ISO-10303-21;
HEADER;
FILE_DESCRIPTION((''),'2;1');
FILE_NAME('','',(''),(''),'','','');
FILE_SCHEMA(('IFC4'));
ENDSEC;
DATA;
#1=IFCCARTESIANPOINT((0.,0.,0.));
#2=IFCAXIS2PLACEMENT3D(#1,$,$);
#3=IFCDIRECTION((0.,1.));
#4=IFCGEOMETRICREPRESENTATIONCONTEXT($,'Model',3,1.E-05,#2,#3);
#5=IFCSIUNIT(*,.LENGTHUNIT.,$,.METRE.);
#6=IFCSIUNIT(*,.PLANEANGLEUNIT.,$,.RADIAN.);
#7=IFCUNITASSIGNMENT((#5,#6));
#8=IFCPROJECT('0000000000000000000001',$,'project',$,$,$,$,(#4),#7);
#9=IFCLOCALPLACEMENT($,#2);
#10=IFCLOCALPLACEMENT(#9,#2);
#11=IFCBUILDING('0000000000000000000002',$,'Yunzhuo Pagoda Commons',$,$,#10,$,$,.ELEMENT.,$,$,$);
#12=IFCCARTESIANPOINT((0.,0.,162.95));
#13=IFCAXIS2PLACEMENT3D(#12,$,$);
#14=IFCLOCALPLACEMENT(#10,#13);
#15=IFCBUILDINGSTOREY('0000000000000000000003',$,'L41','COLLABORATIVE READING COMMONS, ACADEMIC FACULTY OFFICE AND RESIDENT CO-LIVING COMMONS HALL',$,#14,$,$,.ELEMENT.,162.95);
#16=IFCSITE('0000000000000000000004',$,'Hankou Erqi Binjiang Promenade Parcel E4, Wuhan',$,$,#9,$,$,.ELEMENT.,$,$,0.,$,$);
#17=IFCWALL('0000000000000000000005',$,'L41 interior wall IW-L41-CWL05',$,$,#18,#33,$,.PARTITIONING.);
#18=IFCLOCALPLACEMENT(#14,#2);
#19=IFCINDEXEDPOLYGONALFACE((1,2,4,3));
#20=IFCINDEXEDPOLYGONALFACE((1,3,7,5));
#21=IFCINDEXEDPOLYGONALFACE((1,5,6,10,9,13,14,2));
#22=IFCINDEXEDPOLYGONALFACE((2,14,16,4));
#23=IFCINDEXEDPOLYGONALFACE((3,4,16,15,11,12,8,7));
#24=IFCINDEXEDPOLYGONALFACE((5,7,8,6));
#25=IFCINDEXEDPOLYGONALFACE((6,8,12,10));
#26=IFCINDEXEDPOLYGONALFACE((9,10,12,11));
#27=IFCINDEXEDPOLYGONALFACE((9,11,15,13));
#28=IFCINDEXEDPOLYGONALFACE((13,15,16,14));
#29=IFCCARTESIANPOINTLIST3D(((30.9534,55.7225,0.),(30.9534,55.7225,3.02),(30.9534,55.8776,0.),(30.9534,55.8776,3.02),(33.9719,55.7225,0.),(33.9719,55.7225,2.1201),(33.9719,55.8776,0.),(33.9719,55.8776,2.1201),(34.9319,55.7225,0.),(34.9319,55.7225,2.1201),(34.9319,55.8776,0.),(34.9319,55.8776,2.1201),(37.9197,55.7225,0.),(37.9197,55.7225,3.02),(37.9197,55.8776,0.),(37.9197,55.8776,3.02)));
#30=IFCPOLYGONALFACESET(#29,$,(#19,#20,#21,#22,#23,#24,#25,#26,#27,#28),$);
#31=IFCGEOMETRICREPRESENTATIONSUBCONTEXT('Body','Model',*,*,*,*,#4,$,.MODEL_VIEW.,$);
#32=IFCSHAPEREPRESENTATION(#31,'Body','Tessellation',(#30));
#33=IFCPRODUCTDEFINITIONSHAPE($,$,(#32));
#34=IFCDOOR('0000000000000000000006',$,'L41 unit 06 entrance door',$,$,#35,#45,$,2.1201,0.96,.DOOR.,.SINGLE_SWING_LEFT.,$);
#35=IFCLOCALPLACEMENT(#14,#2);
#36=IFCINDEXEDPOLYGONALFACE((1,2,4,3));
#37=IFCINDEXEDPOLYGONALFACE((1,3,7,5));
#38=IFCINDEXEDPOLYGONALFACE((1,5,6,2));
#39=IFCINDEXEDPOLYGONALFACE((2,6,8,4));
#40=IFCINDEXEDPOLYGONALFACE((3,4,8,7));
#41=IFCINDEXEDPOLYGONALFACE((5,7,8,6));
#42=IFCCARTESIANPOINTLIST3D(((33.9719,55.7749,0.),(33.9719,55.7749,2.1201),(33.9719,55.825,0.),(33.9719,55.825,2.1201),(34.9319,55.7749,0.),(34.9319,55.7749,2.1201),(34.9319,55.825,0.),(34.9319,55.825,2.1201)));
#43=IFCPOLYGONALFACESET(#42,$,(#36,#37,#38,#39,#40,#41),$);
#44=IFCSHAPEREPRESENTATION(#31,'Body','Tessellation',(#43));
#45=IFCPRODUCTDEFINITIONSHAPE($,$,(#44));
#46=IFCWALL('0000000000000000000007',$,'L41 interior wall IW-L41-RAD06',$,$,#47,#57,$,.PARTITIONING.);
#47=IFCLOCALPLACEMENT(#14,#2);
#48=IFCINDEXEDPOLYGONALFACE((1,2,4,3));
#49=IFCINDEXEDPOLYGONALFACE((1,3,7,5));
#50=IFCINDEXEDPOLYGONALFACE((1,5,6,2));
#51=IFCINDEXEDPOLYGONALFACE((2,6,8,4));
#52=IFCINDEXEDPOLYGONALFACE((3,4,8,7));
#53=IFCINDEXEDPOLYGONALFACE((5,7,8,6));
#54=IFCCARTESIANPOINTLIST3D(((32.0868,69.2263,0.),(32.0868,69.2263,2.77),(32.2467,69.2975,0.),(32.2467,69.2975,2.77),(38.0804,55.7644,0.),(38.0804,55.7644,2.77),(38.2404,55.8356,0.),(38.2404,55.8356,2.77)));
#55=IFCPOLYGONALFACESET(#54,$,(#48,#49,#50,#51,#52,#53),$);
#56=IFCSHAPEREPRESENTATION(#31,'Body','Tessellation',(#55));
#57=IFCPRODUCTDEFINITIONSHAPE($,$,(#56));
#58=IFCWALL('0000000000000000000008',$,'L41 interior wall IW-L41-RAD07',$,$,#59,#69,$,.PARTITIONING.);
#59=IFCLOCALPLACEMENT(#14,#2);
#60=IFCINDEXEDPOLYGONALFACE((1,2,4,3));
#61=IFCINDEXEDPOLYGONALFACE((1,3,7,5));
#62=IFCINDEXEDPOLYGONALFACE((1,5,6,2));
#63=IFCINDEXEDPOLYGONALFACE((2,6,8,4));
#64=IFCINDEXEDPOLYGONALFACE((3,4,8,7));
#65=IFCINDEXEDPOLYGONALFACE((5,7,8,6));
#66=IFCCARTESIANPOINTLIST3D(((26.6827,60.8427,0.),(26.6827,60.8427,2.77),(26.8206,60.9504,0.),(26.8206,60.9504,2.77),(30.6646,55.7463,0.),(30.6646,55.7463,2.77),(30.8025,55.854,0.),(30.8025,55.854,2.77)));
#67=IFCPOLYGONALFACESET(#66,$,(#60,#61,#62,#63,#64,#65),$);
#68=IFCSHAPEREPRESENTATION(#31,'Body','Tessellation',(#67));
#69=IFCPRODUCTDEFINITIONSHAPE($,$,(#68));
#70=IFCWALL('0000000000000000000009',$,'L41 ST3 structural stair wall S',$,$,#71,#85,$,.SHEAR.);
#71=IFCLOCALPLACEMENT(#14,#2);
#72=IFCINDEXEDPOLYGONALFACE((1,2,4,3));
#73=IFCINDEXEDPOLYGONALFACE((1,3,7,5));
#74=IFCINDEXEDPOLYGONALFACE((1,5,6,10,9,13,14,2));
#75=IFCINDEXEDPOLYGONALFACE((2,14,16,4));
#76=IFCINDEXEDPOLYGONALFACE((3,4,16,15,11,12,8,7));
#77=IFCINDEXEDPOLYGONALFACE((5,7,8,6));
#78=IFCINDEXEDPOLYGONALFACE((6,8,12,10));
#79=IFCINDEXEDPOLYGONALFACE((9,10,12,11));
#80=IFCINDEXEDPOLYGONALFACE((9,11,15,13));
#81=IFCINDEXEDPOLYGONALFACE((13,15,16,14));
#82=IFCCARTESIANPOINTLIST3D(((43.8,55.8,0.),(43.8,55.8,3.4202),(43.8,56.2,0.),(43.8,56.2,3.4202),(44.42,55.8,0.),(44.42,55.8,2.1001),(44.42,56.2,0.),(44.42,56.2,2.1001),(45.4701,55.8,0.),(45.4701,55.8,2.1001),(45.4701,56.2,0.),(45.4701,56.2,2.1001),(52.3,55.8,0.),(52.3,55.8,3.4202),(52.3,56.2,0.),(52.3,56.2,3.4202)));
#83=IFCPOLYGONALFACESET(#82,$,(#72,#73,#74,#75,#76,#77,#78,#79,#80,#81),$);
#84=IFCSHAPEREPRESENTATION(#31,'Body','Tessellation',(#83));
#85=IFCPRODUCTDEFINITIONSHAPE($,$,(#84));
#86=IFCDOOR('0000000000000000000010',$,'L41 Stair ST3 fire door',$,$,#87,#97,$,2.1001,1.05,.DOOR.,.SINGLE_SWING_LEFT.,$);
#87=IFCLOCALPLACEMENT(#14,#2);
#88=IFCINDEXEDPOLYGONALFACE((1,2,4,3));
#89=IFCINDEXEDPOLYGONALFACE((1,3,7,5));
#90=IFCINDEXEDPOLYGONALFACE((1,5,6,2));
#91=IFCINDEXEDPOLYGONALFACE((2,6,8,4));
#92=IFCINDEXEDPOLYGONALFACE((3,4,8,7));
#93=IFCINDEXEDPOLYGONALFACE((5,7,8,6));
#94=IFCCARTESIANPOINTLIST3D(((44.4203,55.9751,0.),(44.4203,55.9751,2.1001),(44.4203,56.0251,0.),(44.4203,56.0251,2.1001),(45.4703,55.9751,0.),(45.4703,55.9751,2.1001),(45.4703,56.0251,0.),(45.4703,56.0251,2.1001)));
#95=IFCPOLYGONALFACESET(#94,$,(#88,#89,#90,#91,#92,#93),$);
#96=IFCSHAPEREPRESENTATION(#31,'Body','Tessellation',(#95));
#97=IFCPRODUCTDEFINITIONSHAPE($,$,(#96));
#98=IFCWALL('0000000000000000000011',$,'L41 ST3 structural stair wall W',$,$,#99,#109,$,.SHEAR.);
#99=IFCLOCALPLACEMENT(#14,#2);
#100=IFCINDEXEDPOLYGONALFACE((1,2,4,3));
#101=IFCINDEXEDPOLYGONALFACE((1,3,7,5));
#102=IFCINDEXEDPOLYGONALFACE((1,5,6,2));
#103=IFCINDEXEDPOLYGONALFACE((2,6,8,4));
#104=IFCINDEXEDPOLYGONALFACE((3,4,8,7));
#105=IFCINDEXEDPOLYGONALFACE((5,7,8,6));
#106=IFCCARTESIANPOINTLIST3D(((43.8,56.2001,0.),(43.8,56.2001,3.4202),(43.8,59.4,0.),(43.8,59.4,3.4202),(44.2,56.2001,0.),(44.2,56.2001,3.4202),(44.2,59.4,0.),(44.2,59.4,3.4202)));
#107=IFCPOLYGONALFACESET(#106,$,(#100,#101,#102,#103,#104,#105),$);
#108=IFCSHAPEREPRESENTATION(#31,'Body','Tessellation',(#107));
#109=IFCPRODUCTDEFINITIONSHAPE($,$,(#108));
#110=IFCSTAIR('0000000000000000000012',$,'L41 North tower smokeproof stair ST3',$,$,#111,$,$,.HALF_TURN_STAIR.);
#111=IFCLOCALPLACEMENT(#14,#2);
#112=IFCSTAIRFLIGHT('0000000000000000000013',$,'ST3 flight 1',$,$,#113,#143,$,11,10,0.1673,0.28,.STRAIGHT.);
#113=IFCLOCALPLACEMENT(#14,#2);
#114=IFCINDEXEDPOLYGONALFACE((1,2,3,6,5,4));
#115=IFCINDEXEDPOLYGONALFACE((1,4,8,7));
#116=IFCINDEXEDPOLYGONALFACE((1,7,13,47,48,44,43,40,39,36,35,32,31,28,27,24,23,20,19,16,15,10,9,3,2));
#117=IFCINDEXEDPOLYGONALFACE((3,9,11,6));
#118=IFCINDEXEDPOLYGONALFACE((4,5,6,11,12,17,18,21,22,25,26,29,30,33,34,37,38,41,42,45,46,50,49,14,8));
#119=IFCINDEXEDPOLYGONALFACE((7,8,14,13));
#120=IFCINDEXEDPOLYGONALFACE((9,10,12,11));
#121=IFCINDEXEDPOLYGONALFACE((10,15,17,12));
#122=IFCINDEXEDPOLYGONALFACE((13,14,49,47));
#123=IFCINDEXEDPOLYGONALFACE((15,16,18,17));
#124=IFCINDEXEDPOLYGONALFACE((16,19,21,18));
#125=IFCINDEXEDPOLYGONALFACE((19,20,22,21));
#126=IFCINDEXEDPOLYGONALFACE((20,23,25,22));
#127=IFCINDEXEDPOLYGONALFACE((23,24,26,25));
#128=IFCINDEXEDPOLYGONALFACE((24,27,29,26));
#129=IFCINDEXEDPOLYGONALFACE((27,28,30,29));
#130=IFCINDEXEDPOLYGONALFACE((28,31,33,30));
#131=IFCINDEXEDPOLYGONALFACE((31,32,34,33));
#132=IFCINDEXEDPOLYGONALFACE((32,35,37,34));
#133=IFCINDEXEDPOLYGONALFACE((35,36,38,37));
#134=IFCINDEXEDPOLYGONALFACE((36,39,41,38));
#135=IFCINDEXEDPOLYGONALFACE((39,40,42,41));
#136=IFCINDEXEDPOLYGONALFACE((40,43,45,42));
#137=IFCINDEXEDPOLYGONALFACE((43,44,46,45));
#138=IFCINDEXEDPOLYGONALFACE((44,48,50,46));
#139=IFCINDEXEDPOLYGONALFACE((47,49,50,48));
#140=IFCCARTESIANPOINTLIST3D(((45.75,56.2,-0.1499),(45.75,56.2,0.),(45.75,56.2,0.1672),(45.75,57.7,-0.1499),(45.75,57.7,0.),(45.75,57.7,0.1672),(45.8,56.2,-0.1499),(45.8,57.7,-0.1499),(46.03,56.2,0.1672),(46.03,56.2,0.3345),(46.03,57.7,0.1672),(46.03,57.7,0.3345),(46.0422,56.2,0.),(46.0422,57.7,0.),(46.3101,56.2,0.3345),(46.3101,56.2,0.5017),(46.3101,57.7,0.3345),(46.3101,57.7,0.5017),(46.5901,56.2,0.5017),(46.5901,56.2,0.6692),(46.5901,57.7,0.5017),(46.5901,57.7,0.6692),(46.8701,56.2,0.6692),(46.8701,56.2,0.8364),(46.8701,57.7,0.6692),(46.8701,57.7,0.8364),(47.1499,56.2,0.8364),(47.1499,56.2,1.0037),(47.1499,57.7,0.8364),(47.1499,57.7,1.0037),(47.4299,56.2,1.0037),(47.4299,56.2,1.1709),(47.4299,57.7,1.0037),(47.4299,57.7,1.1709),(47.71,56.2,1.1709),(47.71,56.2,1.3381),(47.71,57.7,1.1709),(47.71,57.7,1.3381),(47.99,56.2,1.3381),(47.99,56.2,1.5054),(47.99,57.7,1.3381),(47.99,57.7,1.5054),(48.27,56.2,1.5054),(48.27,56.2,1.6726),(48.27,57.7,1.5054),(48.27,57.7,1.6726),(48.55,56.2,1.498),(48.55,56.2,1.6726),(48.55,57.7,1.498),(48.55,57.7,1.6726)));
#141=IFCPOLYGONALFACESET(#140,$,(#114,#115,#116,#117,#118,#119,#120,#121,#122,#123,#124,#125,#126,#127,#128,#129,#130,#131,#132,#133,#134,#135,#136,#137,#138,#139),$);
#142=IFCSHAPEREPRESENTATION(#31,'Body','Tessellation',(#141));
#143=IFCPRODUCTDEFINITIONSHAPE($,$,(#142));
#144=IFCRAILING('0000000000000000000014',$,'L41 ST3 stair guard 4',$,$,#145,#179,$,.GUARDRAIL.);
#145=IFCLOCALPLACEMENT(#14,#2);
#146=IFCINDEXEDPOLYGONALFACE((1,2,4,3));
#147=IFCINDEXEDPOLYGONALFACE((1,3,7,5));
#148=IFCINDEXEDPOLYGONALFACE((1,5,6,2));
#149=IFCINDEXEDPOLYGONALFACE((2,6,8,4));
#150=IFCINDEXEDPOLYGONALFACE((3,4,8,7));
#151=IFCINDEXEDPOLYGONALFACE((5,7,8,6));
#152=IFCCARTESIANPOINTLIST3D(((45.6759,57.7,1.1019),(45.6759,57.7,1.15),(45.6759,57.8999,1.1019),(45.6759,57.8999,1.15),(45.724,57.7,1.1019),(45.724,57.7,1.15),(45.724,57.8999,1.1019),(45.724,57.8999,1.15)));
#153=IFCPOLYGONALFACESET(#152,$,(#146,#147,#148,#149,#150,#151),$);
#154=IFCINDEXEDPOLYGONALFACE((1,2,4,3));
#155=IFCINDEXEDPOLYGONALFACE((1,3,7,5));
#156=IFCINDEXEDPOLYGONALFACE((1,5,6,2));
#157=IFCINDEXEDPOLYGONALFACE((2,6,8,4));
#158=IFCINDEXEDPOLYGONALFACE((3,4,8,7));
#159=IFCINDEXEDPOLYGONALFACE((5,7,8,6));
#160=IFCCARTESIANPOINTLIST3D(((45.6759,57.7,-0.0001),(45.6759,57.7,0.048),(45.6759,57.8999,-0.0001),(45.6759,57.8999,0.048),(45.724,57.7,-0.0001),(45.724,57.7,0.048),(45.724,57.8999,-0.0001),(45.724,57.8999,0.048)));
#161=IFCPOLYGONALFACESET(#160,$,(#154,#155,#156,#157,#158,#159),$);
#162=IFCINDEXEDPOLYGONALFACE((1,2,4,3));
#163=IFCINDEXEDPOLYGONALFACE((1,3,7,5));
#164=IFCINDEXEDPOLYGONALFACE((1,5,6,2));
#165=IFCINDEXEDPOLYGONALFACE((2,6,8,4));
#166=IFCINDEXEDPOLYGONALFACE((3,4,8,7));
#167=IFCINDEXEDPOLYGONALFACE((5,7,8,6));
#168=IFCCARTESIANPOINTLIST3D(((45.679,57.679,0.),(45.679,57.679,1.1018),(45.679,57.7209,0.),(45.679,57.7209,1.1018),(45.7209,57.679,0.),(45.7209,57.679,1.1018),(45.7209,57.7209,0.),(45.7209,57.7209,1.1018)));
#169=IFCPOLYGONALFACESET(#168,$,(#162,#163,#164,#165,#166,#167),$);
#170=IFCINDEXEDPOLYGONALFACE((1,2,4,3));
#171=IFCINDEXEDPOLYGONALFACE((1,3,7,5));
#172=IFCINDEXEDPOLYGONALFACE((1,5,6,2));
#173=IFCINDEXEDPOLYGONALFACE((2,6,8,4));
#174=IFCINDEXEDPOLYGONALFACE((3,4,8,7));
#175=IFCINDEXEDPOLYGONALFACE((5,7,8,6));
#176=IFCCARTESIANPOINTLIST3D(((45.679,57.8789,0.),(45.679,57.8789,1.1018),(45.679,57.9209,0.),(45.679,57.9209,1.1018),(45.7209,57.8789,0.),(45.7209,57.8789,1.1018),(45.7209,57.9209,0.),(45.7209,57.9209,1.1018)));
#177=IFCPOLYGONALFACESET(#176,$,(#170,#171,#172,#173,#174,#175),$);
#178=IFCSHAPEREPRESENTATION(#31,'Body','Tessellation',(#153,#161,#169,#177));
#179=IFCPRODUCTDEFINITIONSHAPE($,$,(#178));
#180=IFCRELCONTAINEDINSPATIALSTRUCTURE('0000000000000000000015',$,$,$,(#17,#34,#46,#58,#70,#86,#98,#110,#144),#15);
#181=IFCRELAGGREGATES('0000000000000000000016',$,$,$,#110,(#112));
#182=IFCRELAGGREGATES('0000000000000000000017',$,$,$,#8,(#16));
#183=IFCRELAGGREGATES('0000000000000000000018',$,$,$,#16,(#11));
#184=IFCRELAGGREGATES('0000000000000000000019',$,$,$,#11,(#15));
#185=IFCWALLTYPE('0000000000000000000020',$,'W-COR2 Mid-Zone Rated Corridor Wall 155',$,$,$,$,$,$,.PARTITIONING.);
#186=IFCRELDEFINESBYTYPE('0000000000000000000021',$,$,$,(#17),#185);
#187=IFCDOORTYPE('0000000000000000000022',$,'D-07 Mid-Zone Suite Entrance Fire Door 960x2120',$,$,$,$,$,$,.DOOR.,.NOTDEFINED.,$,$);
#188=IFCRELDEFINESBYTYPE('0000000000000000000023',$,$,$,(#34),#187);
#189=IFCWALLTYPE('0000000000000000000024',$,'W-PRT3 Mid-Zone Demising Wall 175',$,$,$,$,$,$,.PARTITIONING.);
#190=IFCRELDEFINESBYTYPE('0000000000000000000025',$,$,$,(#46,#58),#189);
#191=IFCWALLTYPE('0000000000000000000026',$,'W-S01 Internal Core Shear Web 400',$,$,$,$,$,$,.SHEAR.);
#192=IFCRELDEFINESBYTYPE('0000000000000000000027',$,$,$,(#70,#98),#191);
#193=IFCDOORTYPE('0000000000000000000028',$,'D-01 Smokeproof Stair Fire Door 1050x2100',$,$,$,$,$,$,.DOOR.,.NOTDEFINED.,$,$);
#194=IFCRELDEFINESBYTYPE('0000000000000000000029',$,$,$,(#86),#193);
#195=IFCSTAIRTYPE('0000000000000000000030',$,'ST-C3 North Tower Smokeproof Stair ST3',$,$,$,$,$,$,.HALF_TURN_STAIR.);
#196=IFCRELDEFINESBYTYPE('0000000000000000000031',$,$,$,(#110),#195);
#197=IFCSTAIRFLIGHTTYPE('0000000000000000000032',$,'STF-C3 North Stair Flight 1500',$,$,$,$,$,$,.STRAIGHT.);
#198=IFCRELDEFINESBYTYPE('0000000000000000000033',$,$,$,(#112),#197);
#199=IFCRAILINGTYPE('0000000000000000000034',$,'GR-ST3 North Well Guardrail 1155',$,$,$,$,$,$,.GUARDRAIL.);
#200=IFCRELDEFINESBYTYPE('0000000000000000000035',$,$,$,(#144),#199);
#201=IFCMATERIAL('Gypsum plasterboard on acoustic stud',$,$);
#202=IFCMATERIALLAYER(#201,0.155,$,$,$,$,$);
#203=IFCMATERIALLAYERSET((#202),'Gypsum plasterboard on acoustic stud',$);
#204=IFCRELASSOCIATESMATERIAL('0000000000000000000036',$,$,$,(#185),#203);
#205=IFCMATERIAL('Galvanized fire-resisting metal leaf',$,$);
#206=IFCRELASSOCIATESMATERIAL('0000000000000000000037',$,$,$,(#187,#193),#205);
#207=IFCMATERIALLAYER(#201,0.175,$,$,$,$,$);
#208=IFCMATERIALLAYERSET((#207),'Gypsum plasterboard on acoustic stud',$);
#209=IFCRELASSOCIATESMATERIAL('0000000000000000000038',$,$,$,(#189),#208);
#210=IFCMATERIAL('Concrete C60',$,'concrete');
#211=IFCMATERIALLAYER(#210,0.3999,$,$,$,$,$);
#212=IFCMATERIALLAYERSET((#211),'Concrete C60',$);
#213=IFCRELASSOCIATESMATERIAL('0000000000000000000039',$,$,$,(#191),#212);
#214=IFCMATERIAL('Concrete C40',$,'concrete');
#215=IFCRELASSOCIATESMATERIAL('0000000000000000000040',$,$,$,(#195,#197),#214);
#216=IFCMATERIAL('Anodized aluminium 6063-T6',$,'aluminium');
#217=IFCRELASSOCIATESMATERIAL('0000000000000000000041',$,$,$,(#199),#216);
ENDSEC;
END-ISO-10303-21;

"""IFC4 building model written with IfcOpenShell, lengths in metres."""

from ifc_helpers import new_model, si_unit, direction, frame, frame_2d, origin, origin_with_axes, origin_2d, place, context, subcontext, project, spatial, polyline, rectangle, outline, extrude, source, transform, mapped, material, layer, layer_set, type_object, element, fill, aggregate, save


model = new_model("IFC4")

# Units and contexts
model_context = context("Model", 3, precision=1e-05, world=origin(), true_north=direction((0.0, 1.0)))
body_context = subcontext(model_context, "Body", "Model", "MODEL_VIEW")
ifc_project = project(units=[si_unit("LENGTHUNIT", "METRE"), si_unit("PLANEANGLEUNIT", "RADIAN")], contexts=[model_context])

# Site, building, storey
site_placement = place(None, origin())
site = spatial("IfcSite", under=ifc_project, at=site_placement, Name="Hankou Erqi Binjiang Promenade Parcel E4, Wuhan", CompositionType="ELEMENT", RefElevation=0.0)
building_placement = place(site_placement, origin())
building = spatial("IfcBuilding", under=site, at=building_placement, Name="Yunzhuo Pagoda Commons", CompositionType="ELEMENT")
storey_placement = place(building_placement, frame((0.0, 0.0, 162.95)))
storey = spatial("IfcBuildingStorey", under=building, at=storey_placement, Name="L41", Description="COLLABORATIVE READING COMMONS, ACADEMIC FACULTY OFFICE AND RESIDENT CO-LIVING COMMONS HALL", CompositionType="ELEMENT", Elevation=162.95)

# Shared definitions
ifc_material_1 = material(Name="Anodized aluminium 6063-T6", Category="aluminium")

# Shared definitions
ifc_material_2 = material(Name="Gypsum plasterboard on acoustic stud")
ifc_layer_1 = layer(ifc_material_2, 0.155)
ifc_layer_set_1 = layer_set([ifc_layer_1], Name="Gypsum plasterboard on acoustic stud")
wall_type_1 = type_object("IfcWallType", Name="W-COR2 Mid-Zone Rated Corridor Wall 155", PredefinedType="PARTITIONING", material=ifc_layer_set_1)

# Wall, opening, door
wall_1_placement = place(storey_placement, frame((30.9534, 55.8, 0.0), z_axis=(0.0, 0.0, 1.0), x_axis=(1.0, 0.0, 0.0)))
wall_1 = element("IfcWall", 1, at=wall_1_placement, inside=storey, type_object=wall_type_1, Name="L41 interior wall IW-L41-CWL05", PredefinedType="PARTITIONING", context=body_context, shape_type="SweptSolid", body=[
    extrude(rectangle(XDim=6.9663, YDim=0.155, at=frame_2d((3.4832, 0.0))), origin(), (0.0, 0.0, 1.0), 3.02),
])
opening_1_placement = place(wall_1_placement, frame((3.0186, 0.0, 0.0)))
opening_1 = element("IfcOpeningElement", 2, at=opening_1_placement, cuts=wall_1, PredefinedType="OPENING", context=body_context, shape_type="SweptSolid", body=[
    extrude(rectangle(XDim=0.96, YDim=2.1201, at=frame_2d((0.48, 1.0601))), frame((0.0, 0.0874, 0.0), z_axis=(0.0, -1.0, 0.0), x_axis=(1.0, 0.0, 0.0)), (0.0, 0.0, 1.0), 0.175),
])
ifc_material_3 = material(Name="Galvanized fire-resisting metal leaf")
door_type_1 = type_object("IfcDoorType", Name="D-07 Mid-Zone Suite Entrance Fire Door 960x2120", OperationType="NOTDEFINED", PredefinedType="DOOR", material=ifc_material_3)
shared_shape_1 = source(origin(), body_context, "Body", "SweptSolid", [
    extrude(rectangle(XDim=0.96, YDim=2.1201, at=frame_2d((0.48, 1.0601))), frame((0.0, 0.0249, 0.0), z_axis=(0.0, -1.0, 0.0), x_axis=(1.0, 0.0, 0.0)), (0.0, 0.0, 1.0), 0.05),
])
door_1_placement = place(opening_1_placement, origin_with_axes())
door_1 = element("IfcDoor", 3, at=door_1_placement, inside=storey, type_object=door_type_1, Name="L41 unit 06 entrance door", OperationType="SINGLE_SWING_LEFT", OverallHeight=2.1201, OverallWidth=0.96, PredefinedType="DOOR", context=body_context, shape_type="MappedRepresentation", body=[
    mapped(shared_shape_1, transform((0.0, 0.0, 0.0), scale=1.0)),
])
fill(opening_1, door_1)

# Walls
ifc_layer_2 = layer(ifc_material_2, 0.175)
ifc_layer_set_2 = layer_set([ifc_layer_2], Name="Gypsum plasterboard on acoustic stud")
wall_type_2 = type_object("IfcWallType", Name="W-PRT3 Mid-Zone Demising Wall 175", PredefinedType="PARTITIONING", material=ifc_layer_set_2)
wall_2_placement = place(storey_placement, frame((38.1604, 55.8, 0.0), z_axis=(0.0, 0.0, 1.0), x_axis=(-0.406738, 0.913545, 0.0)))
element("IfcWall", 4, at=wall_2_placement, inside=storey, type_object=wall_type_2, Name="L41 interior wall IW-L41-RAD06", PredefinedType="PARTITIONING", context=body_context, shape_type="SweptSolid", body=[
    extrude(rectangle(XDim=14.7358, YDim=0.175, at=frame_2d((7.3679, 0.0))), origin(), (0.0, 0.0, 1.0), 2.77),
])
wall_3_placement = place(storey_placement, frame((30.7336, 55.8, 0.0), z_axis=(0.0, 0.0, 1.0), x_axis=(-0.615677, 0.787999, 0.0)))
element("IfcWall", 5, at=wall_3_placement, inside=storey, type_object=wall_type_2, Name="L41 interior wall IW-L41-RAD07", PredefinedType="PARTITIONING", context=body_context, shape_type="SweptSolid", body=[
    extrude(rectangle(XDim=6.4675, YDim=0.175, at=frame_2d((3.2339, 0.0))), origin(), (0.0, 0.0, 1.0), 2.77),
])

# Wall, opening, door
ifc_material_4 = material(Name="Concrete C60", Category="concrete")
ifc_layer_3 = layer(ifc_material_4, 0.3999)
ifc_layer_set_3 = layer_set([ifc_layer_3], Name="Concrete C60")
wall_type_3 = type_object("IfcWallType", Name="W-S01 Internal Core Shear Web 400", PredefinedType="SHEAR", material=ifc_layer_set_3)
wall_4_placement = place(storey_placement, frame((43.8, 56.0, 0.0), z_axis=(0.0, 0.0, 1.0), x_axis=(1.0, 0.0, 0.0)))
wall_4 = element("IfcWall", 6, at=wall_4_placement, inside=storey, type_object=wall_type_3, Name="L41 ST3 structural stair wall S", PredefinedType="SHEAR", context=body_context, shape_type="SweptSolid", body=[
    extrude(rectangle(XDim=8.5, YDim=0.3999, at=frame_2d((4.25, 0.0))), origin(), (0.0, 0.0, 1.0), 3.4202),
])
opening_2_placement = place(wall_4_placement, frame((0.6201, 0.0, 0.0)))
opening_2 = element("IfcOpeningElement", 7, at=opening_2_placement, cuts=wall_4, PredefinedType="OPENING", context=body_context, shape_type="SweptSolid", body=[
    extrude(rectangle(XDim=1.05, YDim=2.1001, at=frame_2d((0.5249, 1.05))), frame((0.0, 0.21, 0.0), z_axis=(0.0, -1.0, 0.0), x_axis=(1.0, 0.0, 0.0)), (0.0, 0.0, 1.0), 0.4199),
])
door_type_2 = type_object("IfcDoorType", Name="D-01 Smokeproof Stair Fire Door 1050x2100", OperationType="NOTDEFINED", PredefinedType="DOOR", material=ifc_material_3)
shared_shape_2 = source(origin(), body_context, "Body", "SweptSolid", [
    extrude(rectangle(XDim=1.05, YDim=2.1001, at=frame_2d((0.5249, 1.05))), frame((0.0, 0.0249, 0.0), z_axis=(0.0, -1.0, 0.0), x_axis=(1.0, 0.0, 0.0)), (0.0, 0.0, 1.0), 0.05),
])
door_2_placement = place(opening_2_placement, frame((1.05, 0.0, 0.0), z_axis=(0.0, 0.0, 1.0), x_axis=(-1.0, 0.0, 0.0)))
door_2 = element("IfcDoor", 8, at=door_2_placement, inside=storey, type_object=door_type_2, Name="L41 Stair ST3 fire door", OperationType="SINGLE_SWING_LEFT", OverallHeight=2.1001, OverallWidth=1.05, PredefinedType="DOOR", context=body_context, shape_type="MappedRepresentation", body=[
    mapped(shared_shape_2, transform((0.0, 0.0, 0.0), scale=1.0)),
])
fill(opening_2, door_2)

# Wall
wall_5_placement = place(storey_placement, frame((44.0, 56.2, 0.0), z_axis=(0.0, 0.0, 1.0), x_axis=(0.0, 1.0, 0.0)))
element("IfcWall", 9, at=wall_5_placement, inside=storey, type_object=wall_type_3, Name="L41 ST3 structural stair wall W", PredefinedType="SHEAR", context=body_context, shape_type="SweptSolid", body=[
    extrude(rectangle(XDim=3.2, YDim=0.3999, at=frame_2d((1.6001, 0.0))), origin(), (0.0, 0.0, 1.0), 3.4202),
])

# Stair, stair flight
ifc_material_5 = material(Name="Concrete C40", Category="concrete")
stair_type = type_object("IfcStairType", Name="ST-C3 North Tower Smokeproof Stair ST3", PredefinedType="HALF_TURN_STAIR", material=ifc_material_5)
stair_placement = place(storey_placement, origin())
stair = element("IfcStair", 10, at=stair_placement, inside=storey, type_object=stair_type, Name="L41 North tower smokeproof stair ST3", PredefinedType="HALF_TURN_STAIR")
stair_flight_type = type_object("IfcStairFlightType", Name="STF-C3 North Stair Flight 1500", PredefinedType="STRAIGHT", material=ifc_material_5)
shared_shape_3 = source(origin(), body_context, "Body", "SweptSolid", [
    extrude(outline(polyline([(0.0, -0.1499), (0.0, 0.0), (0.0, 0.1672), (0.28, 0.1672), (0.28, 0.3345), (0.5601, 0.3345), (0.5601, 0.5017), (0.8401, 0.5017), (0.8401, 0.6692), (1.1201, 0.6692), (1.1201, 0.8364), (1.3999, 0.8364), (1.3999, 1.0037), (1.6799, 1.0037), (1.6799, 1.1709), (1.96, 1.1709), (1.96, 1.3381), (2.24, 1.3381), (2.24, 1.5054), (2.52, 1.5054), (2.52, 1.6726), (2.8, 1.6726), (2.8, 1.8401), (2.8, 1.498), (0.2922, 0.0), (0.05, -0.1499), (0.0, -0.1499)])), frame((0.0, 0.75, 0.0), z_axis=(0.0, -1.0, 0.0), x_axis=(1.0, 0.0, 0.0)), (0.0, 0.0, 1.0), 1.5),
])
stair_flight_placement = place(storey_placement, frame((45.75, 56.95, 0.0), z_axis=(0.0, 0.0, 1.0), x_axis=(1.0, 0.0, 0.0)))
stair_flight = element("IfcStairFlight", 11, at=stair_flight_placement, type_object=stair_flight_type, Name="ST3 flight 1", NumberOfRisers=11, NumberOfTreads=10, PredefinedType="STRAIGHT", RiserHeight=0.1673, TreadLength=0.28, context=body_context, shape_type="MappedRepresentation", body=[
    mapped(shared_shape_3, transform((0.0, 0.0, 0.0), scale=1.0)),
])
aggregate(stair, [stair_flight])

# Railing
railing_type = type_object("IfcRailingType", Name="GR-ST3 North Well Guardrail 1155", PredefinedType="GUARDRAIL", material=ifc_material_1)
railing_placement = place(storey_placement, frame((45.7, 57.7, 0.0)))
element("IfcRailing", 12, at=railing_placement, inside=storey, type_object=railing_type, Name="L41 ST3 stair guard 4", PredefinedType="GUARDRAIL", context=body_context, shape_type="SweptSolid", body=[
    extrude(rectangle(XDim=0.0481, YDim=0.0481, at=origin_2d()), frame((0.0, 0.0, 1.126), z_axis=(0.0, 1.0, 0.0), x_axis=(-1.0, 0.0, 0.0)), (0.0, 0.0, 1.0), 0.2),
    extrude(rectangle(XDim=0.0481, YDim=0.0481, at=origin_2d()), frame((0.0, 0.0, 0.0239), z_axis=(0.0, 1.0, 0.0), x_axis=(-1.0, 0.0, 0.0)), (0.0, 0.0, 1.0), 0.2),
    extrude(rectangle(XDim=0.042, YDim=0.042, at=origin_2d()), origin(), (0.0, 0.0, 1.0), 1.1018),
    extrude(rectangle(XDim=0.042, YDim=0.042, at=origin_2d()), frame((0.0, 0.2, 0.0)), (0.0, 0.0, 1.0), 1.1018),
])

save(model, "model.ifc")
